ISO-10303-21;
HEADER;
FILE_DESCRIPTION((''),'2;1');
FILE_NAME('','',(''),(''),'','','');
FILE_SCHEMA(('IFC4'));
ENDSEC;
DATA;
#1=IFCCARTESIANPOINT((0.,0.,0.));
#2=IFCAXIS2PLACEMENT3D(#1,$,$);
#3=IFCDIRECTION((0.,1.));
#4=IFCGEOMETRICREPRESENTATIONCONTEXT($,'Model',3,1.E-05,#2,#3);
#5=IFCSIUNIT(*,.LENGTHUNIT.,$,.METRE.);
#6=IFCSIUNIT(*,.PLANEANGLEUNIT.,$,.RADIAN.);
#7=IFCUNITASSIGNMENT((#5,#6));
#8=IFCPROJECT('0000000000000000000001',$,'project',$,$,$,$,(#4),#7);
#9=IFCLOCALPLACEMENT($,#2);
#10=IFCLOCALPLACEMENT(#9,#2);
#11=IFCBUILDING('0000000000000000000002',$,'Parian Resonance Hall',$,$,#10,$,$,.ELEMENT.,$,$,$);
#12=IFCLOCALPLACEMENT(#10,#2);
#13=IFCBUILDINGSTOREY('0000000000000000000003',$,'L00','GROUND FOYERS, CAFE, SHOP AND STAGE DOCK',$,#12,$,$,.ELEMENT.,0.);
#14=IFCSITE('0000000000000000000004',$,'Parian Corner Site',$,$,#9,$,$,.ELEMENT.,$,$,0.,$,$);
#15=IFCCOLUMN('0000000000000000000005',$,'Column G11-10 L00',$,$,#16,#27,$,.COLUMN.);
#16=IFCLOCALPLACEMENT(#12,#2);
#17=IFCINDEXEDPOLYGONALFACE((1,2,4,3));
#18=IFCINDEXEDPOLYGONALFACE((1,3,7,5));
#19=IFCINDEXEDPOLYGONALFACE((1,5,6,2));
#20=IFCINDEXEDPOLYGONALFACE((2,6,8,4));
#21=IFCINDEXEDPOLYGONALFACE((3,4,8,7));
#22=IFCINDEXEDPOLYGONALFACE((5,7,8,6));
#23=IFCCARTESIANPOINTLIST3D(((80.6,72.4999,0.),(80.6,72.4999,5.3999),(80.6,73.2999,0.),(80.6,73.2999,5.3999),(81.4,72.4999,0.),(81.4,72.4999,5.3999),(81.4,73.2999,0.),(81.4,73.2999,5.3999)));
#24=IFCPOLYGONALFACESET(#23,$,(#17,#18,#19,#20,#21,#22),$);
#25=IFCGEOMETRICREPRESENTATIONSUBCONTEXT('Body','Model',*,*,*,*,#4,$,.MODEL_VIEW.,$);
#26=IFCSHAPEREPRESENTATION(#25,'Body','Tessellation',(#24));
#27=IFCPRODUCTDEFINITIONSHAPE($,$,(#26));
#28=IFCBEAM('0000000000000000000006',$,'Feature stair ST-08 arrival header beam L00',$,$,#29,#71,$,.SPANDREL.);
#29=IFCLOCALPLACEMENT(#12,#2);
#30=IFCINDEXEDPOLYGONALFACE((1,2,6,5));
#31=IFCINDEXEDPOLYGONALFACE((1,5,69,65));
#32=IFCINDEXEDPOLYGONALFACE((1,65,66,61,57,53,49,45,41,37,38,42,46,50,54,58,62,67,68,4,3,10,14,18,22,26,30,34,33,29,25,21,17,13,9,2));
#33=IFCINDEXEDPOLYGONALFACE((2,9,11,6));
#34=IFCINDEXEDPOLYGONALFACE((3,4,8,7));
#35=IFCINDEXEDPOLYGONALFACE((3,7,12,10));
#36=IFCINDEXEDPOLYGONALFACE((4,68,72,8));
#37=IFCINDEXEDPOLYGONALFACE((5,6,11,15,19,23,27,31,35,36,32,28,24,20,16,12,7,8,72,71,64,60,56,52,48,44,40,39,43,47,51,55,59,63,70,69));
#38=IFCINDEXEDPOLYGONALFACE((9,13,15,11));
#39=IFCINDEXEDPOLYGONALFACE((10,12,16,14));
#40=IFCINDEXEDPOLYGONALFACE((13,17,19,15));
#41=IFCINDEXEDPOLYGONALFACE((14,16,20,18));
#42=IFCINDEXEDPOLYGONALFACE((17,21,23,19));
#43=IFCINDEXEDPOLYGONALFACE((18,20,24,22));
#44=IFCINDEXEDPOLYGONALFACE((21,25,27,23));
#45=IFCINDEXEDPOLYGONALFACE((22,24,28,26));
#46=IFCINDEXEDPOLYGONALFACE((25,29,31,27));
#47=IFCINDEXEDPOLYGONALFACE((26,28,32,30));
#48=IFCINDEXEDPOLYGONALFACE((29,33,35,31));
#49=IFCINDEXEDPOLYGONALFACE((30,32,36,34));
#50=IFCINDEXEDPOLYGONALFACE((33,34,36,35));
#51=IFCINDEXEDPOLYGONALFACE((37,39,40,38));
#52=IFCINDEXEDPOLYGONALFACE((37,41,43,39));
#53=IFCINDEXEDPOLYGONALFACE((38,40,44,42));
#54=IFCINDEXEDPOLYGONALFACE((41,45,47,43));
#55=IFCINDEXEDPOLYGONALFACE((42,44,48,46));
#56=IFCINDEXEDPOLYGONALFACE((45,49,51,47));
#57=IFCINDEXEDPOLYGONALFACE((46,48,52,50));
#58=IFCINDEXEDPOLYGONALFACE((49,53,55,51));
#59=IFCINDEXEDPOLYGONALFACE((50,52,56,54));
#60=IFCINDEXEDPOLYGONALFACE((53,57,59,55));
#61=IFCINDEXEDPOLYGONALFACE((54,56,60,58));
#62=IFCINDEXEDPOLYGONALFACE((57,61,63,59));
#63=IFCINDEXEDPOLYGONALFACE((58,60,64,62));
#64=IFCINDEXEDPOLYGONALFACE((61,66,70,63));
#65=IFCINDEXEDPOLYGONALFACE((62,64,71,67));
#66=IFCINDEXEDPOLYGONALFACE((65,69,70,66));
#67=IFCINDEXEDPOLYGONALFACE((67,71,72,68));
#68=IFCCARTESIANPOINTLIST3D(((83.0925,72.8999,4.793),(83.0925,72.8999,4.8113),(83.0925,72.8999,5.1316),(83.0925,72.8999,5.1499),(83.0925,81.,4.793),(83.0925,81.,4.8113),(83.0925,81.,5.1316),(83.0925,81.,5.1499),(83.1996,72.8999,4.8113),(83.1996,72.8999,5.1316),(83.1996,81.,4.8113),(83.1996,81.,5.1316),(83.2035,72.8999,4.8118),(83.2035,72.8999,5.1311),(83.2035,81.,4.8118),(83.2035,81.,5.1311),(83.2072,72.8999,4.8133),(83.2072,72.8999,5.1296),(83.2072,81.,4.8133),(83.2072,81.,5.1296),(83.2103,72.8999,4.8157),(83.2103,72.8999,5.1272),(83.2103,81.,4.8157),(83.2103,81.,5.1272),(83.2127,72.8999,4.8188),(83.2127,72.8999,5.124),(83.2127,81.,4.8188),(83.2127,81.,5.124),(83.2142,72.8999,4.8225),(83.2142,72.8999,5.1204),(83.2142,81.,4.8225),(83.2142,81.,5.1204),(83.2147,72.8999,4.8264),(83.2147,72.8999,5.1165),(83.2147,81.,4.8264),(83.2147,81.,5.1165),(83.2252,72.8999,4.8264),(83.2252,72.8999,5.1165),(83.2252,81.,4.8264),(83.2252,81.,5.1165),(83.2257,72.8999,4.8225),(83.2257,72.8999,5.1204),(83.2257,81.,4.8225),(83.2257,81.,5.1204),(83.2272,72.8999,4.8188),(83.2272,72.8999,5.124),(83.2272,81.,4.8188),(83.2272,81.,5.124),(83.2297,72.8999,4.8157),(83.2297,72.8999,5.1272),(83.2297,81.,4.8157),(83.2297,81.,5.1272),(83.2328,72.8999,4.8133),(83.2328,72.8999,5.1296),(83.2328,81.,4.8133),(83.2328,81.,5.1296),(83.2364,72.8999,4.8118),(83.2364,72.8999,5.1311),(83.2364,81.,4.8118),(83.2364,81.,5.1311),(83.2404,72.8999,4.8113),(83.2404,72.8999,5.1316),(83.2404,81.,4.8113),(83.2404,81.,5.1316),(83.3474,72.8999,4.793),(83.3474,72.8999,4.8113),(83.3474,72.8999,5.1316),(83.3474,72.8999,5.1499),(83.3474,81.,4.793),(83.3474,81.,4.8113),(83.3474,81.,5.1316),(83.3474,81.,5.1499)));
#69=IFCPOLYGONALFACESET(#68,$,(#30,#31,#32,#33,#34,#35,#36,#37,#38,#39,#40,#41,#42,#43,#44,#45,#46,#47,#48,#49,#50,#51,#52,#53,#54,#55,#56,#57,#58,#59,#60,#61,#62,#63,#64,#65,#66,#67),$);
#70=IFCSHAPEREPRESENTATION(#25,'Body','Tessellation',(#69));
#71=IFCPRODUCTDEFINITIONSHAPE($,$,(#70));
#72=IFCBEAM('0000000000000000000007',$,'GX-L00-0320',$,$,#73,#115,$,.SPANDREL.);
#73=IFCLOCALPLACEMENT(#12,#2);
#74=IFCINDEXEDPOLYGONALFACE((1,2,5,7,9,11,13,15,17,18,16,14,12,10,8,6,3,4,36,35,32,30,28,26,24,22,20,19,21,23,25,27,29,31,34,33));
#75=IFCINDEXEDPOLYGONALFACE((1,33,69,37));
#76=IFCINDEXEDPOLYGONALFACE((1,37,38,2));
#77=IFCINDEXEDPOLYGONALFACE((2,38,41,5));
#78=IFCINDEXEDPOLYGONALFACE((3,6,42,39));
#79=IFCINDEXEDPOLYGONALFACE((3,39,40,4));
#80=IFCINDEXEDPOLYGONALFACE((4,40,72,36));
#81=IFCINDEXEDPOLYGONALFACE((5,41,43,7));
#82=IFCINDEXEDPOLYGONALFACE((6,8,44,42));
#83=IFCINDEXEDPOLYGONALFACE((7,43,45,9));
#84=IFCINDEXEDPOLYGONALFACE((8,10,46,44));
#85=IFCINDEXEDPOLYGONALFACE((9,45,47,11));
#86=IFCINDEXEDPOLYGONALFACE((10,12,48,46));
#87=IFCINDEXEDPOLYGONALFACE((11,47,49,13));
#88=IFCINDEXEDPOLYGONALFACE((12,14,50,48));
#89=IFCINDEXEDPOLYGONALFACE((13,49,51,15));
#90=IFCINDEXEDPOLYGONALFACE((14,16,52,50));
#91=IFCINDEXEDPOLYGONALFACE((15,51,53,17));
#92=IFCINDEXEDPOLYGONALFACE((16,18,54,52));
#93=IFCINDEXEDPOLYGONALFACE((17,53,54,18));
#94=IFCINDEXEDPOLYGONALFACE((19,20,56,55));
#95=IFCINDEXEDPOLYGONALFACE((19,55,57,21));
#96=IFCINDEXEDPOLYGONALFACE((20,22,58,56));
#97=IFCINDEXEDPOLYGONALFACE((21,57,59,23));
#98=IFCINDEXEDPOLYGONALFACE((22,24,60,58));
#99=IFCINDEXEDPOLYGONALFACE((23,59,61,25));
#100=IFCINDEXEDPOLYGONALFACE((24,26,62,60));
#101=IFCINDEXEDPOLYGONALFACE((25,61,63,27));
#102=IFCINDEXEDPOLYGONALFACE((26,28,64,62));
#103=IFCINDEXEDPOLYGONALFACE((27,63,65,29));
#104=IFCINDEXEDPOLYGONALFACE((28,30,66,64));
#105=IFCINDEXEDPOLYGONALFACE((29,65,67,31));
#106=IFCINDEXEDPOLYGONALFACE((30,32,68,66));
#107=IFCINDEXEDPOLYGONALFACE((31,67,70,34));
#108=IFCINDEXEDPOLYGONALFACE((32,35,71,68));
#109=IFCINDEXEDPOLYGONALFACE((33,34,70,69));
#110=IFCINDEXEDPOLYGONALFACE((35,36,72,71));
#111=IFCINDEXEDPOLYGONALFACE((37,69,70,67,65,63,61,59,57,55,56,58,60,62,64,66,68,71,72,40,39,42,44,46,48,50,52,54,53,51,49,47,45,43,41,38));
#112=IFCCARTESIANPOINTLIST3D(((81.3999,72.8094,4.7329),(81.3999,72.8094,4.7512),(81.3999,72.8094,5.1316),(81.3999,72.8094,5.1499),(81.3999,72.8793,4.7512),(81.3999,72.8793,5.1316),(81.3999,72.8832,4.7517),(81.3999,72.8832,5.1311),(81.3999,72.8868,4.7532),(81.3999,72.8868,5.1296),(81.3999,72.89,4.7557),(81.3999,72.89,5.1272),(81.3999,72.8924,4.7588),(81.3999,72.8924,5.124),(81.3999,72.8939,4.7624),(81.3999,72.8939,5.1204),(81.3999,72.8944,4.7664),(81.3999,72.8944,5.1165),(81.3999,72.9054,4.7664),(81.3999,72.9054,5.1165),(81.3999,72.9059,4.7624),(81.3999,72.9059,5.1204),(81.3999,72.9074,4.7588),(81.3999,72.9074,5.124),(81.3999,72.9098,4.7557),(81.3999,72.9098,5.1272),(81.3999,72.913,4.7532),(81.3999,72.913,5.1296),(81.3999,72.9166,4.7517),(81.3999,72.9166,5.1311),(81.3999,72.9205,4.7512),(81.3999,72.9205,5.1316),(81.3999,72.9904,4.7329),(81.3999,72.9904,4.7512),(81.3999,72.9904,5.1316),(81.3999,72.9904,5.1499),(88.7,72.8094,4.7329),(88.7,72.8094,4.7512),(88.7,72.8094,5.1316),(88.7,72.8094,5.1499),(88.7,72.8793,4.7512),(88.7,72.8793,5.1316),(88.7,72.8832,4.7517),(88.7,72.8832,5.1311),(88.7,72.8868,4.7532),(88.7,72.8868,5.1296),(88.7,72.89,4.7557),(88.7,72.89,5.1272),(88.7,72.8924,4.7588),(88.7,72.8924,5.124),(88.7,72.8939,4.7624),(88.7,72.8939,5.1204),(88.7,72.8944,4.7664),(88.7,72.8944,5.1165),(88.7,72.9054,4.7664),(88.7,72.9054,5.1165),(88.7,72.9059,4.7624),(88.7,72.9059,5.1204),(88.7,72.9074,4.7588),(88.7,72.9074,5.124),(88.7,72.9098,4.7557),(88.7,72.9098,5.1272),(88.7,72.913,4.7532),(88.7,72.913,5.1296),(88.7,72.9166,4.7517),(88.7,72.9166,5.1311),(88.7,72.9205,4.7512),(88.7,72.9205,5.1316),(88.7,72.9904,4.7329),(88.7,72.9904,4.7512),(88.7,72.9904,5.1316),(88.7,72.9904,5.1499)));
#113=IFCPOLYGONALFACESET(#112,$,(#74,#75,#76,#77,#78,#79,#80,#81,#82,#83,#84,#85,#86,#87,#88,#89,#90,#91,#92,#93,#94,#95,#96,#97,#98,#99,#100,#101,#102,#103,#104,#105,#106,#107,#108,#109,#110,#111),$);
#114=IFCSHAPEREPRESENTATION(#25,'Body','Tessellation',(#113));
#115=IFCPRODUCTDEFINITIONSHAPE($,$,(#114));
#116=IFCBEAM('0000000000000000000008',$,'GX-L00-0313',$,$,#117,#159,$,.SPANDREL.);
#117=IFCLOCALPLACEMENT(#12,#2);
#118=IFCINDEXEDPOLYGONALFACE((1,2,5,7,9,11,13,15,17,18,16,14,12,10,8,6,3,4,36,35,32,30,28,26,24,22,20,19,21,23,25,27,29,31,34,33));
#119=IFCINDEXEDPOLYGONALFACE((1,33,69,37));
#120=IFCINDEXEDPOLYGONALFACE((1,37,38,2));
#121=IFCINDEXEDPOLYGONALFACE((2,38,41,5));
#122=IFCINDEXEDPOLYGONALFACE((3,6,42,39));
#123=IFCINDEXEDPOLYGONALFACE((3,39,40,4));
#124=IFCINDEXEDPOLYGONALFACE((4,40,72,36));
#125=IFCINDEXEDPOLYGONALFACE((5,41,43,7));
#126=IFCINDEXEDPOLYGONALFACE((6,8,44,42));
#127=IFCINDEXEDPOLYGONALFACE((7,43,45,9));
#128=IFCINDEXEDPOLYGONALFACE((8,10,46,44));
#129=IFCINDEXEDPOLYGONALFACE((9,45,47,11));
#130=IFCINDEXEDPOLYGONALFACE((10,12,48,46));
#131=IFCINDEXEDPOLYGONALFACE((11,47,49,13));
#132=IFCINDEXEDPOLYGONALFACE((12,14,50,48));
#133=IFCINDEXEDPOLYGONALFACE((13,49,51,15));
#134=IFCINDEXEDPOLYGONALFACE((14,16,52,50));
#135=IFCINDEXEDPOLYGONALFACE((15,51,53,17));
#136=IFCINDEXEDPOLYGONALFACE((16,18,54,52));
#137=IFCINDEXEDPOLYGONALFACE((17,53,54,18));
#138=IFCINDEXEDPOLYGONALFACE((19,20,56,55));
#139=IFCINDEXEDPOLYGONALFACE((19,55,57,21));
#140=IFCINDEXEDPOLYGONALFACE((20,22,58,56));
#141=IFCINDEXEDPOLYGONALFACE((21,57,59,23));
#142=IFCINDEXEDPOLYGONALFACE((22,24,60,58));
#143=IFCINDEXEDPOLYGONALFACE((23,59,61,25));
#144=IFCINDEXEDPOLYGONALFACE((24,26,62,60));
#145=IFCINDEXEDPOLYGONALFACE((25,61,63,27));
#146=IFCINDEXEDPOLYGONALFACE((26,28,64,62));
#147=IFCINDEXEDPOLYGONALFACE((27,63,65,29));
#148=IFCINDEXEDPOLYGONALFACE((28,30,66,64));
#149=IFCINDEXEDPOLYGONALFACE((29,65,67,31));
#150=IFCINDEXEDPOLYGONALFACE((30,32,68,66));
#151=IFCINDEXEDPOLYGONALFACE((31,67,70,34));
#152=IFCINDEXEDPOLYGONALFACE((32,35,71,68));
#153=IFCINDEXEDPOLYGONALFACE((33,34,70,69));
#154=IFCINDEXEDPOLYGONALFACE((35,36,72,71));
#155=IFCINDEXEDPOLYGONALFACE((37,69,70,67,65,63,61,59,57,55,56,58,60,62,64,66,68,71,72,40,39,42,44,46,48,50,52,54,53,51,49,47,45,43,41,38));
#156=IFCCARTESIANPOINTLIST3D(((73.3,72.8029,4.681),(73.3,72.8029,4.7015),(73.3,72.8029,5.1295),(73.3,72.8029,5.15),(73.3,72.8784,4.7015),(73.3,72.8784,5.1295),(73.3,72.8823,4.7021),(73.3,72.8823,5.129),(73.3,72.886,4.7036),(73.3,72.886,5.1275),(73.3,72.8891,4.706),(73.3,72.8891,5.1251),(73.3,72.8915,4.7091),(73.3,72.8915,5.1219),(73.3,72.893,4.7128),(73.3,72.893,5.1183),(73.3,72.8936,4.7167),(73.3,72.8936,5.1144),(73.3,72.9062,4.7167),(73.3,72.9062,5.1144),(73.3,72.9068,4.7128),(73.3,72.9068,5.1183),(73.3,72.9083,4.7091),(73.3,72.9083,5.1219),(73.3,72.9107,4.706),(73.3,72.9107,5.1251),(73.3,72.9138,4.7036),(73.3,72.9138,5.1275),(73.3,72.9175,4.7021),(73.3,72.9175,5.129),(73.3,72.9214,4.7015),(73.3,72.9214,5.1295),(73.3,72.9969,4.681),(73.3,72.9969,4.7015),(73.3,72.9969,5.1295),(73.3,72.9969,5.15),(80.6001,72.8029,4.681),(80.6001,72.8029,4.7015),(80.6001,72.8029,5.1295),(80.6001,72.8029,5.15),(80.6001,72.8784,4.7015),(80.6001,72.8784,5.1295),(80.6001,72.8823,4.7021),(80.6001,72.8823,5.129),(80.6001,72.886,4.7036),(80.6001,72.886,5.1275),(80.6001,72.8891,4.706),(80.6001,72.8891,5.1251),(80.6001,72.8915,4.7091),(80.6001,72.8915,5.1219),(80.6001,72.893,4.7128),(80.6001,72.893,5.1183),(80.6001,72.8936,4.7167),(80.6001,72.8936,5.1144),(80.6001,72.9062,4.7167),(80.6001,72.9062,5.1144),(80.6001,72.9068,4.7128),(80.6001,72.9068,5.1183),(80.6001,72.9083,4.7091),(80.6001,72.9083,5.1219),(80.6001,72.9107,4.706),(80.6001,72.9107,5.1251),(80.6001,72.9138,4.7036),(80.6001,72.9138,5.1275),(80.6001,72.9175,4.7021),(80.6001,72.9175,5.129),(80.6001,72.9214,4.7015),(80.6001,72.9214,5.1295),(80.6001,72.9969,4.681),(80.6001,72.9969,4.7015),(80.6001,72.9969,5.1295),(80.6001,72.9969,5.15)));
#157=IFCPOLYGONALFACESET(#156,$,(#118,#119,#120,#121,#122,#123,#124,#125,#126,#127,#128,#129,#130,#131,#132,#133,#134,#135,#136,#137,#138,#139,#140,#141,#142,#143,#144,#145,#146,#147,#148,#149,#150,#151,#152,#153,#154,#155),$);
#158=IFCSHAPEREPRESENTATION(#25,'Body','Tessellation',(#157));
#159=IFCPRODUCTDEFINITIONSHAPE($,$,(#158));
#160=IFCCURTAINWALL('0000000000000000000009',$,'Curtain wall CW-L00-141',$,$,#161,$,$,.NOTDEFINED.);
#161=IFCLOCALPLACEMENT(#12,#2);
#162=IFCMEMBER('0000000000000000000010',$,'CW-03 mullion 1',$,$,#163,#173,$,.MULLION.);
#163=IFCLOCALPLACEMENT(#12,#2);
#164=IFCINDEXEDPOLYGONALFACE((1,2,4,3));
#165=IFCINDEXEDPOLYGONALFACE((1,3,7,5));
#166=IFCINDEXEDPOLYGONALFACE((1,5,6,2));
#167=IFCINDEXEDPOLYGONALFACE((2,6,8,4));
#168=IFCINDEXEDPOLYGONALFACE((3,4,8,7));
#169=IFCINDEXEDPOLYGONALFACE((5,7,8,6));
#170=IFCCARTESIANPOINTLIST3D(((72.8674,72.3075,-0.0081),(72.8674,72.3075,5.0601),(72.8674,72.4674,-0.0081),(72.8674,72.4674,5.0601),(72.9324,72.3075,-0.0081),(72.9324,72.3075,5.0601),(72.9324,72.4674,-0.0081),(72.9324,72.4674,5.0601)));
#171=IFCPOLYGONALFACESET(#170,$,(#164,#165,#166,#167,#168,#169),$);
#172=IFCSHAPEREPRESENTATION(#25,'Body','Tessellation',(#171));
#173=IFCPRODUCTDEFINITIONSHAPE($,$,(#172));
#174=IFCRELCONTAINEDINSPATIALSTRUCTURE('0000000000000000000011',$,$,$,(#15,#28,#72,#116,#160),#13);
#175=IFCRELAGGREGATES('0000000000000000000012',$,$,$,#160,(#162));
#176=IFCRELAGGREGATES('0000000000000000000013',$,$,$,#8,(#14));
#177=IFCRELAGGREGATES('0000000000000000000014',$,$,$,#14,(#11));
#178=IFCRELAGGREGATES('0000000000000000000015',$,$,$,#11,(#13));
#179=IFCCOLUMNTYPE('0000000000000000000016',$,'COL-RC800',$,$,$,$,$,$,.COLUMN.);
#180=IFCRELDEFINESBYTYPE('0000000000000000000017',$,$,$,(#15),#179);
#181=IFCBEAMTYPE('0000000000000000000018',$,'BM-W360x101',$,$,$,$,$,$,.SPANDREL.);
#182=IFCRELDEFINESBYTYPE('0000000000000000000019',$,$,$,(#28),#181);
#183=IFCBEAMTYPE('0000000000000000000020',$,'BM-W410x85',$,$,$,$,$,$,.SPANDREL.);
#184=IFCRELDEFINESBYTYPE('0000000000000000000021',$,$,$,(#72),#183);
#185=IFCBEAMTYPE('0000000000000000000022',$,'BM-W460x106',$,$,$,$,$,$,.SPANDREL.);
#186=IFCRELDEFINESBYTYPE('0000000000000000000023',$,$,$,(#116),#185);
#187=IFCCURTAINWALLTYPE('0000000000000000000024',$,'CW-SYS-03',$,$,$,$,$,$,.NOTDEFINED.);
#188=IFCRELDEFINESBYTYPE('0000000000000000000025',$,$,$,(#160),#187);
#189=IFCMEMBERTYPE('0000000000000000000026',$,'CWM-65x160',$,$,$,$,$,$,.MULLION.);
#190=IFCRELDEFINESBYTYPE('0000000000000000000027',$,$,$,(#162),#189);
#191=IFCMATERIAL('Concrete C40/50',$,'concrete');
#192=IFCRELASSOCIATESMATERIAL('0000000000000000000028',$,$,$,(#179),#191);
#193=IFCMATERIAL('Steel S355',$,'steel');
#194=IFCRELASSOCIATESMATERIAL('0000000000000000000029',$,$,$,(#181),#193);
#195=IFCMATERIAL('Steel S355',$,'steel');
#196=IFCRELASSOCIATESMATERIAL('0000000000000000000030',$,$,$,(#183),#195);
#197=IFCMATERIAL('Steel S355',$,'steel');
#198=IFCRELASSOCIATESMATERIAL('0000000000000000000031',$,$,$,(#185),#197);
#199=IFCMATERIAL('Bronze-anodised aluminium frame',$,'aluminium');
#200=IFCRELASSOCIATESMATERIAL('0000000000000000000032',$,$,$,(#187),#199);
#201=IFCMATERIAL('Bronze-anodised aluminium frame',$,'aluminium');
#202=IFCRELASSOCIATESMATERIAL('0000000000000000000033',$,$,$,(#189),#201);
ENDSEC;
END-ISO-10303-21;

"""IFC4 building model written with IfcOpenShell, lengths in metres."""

from ifc_helpers import new_model, si_unit, direction, frame, origin, origin_2d, place, context, subcontext, project, spatial, rectangle, i_section, extrude, material, material_profile, profile_set, type_object, element, aggregate, save


model = new_model("IFC4")

# Units and contexts
model_context = context("Model", 3, precision=1e-05, world=origin(), true_north=direction((0.0, 1.0)))
body_context = subcontext(model_context, "Body", "Model", "MODEL_VIEW")
ifc_project = project(units=[si_unit("LENGTHUNIT", "METRE"), si_unit("PLANEANGLEUNIT", "RADIAN")], contexts=[model_context])

# Site, building, storey
site_placement = place(None, origin())
site = spatial("IfcSite", under=ifc_project, at=site_placement, Name="Parian Corner Site", CompositionType="ELEMENT", RefElevation=0.0)
building_placement = place(site_placement, origin())
building = spatial("IfcBuilding", under=site, at=building_placement, Name="Parian Resonance Hall", CompositionType="ELEMENT")
storey_placement = place(building_placement, origin())
storey = spatial("IfcBuildingStorey", under=building, at=storey_placement, Name="L00", Description="GROUND FOYERS, CAFE, SHOP AND STAGE DOCK", CompositionType="ELEMENT", Elevation=0.0)

# Column
ifc_material_1 = material(Name="Concrete C40/50", Category="concrete")
ifc_material_profile_1 = material_profile(ifc_material_1, rectangle(XDim=0.8, YDim=0.8, at=origin_2d()), Name="RC-COL-800x800")
ifc_profile_set_1 = profile_set([ifc_material_profile_1], Name="Concrete C40/50")
column_type = type_object("IfcColumnType", Name="COL-RC800", PredefinedType="COLUMN", material=ifc_profile_set_1)
column_placement = place(storey_placement, frame((81.0, 72.8999, 0.0), z_axis=(0.0, 0.0, 1.0), x_axis=(1.0, 0.0, 0.0)))
element("IfcColumn", 1, at=column_placement, inside=storey, type_object=column_type, Name="Column G11-10 L00", PredefinedType="COLUMN", context=body_context, shape_type="SweptSolid", body=[
    extrude(rectangle(XDim=0.8, YDim=0.8, at=origin_2d()), origin(), (0.0, 0.0, 1.0), 5.3999),
])

# Beams
ifc_material_2 = material(Name="Steel S355", Category="steel")
ifc_material_profile_2 = material_profile(ifc_material_2, i_section(OverallWidth=0.2549, OverallDepth=0.3569, WebThickness=0.0105, FlangeThickness=0.0183, FilletRadius=0.0151, at=origin_2d()), Name="W360x101")
ifc_profile_set_2 = profile_set([ifc_material_profile_2], Name="Steel S355")
beam_type_1 = type_object("IfcBeamType", Name="BM-W360x101", PredefinedType="SPANDREL", material=ifc_profile_set_2)
beam_1_placement = place(storey_placement, frame((83.22, 72.8999, 4.9714), z_axis=(0.0, 1.0, 0.0), x_axis=(-1.0, 0.0, 0.0)))
element("IfcBeam", 2, at=beam_1_placement, inside=storey, type_object=beam_type_1, Name="Feature stair ST-08 arrival header beam L00", PredefinedType="SPANDREL", context=body_context, shape_type="SweptSolid", body=[
    extrude(i_section(OverallWidth=0.2549, OverallDepth=0.3569, WebThickness=0.0105, FlangeThickness=0.0183, FilletRadius=0.0151, at=origin_2d()), origin(), (0.0, 0.0, 1.0), 8.1001),
])
ifc_material_3 = material(Name="Steel S355", Category="steel")
ifc_material_profile_3 = material_profile(ifc_material_3, i_section(OverallWidth=0.1809, OverallDepth=0.417, WebThickness=0.011, FlangeThickness=0.0183, FilletRadius=0.0151, at=origin_2d()), Name="W410x85")
ifc_profile_set_3 = profile_set([ifc_material_profile_3], Name="Steel S355")
beam_type_2 = type_object("IfcBeamType", Name="BM-W410x85", PredefinedType="SPANDREL", material=ifc_profile_set_3)
beam_2_placement = place(storey_placement, frame((81.3999, 72.8999, 4.9414), z_axis=(1.0, 0.0, 0.0), x_axis=(0.0, 1.0, 0.0)))
element("IfcBeam", 3, at=beam_2_placement, inside=storey, type_object=beam_type_2, Name="GX-L00-0320", PredefinedType="SPANDREL", context=body_context, shape_type="SweptSolid", body=[
    extrude(i_section(OverallWidth=0.1809, OverallDepth=0.417, WebThickness=0.011, FlangeThickness=0.0183, FilletRadius=0.0151, at=origin_2d()), origin(), (0.0, 0.0, 1.0), 7.3),
])
ifc_material_4 = material(Name="Steel S355", Category="steel")
ifc_material_profile_4 = material_profile(ifc_material_4, i_section(OverallWidth=0.1941, OverallDepth=0.469, WebThickness=0.0127, FlangeThickness=0.0205, FilletRadius=0.0151, at=origin_2d()), Name="W460x106")
ifc_profile_set_4 = profile_set([ifc_material_profile_4], Name="Steel S355")
beam_type_3 = type_object("IfcBeamType", Name="BM-W460x106", PredefinedType="SPANDREL", material=ifc_profile_set_4)
beam_3_placement = place(storey_placement, frame((73.3, 72.8999, 4.9155), z_axis=(1.0, 0.0, 0.0), x_axis=(0.0, 1.0, 0.0)))
element("IfcBeam", 4, at=beam_3_placement, inside=storey, type_object=beam_type_3, Name="GX-L00-0313", PredefinedType="SPANDREL", context=body_context, shape_type="SweptSolid", body=[
    extrude(i_section(OverallWidth=0.1941, OverallDepth=0.469, WebThickness=0.0127, FlangeThickness=0.0205, FilletRadius=0.0151, at=origin_2d()), origin(), (0.0, 0.0, 1.0), 7.3),
])

# Curtain wall, member
ifc_material_5 = material(Name="Bronze-anodised aluminium frame", Category="aluminium")
curtain_wall_type_1 = type_object("IfcCurtainWallType", Name="CW-SYS-03", PredefinedType="NOTDEFINED", material=ifc_material_5)
curtain_wall_1_placement = place(storey_placement, origin())
curtain_wall_1 = element("IfcCurtainWall", 5, at=curtain_wall_1_placement, inside=storey, type_object=curtain_wall_type_1, Name="Curtain wall CW-L00-141", PredefinedType="NOTDEFINED")
ifc_material_6 = material(Name="Bronze-anodised aluminium frame", Category="aluminium")
ifc_material_profile_5 = material_profile(ifc_material_6, rectangle(XDim=0.0649, YDim=0.1599, at=origin_2d()), Name="CWM-65x160")
ifc_profile_set_5 = profile_set([ifc_material_profile_5], Name="Bronze-anodised aluminium frame")
member_type_1 = type_object("IfcMemberType", Name="CWM-65x160", PredefinedType="MULLION", material=ifc_profile_set_5)
member_1_placement = place(storey_placement, frame((72.8999, 72.3875, -0.0081), z_axis=(0.0, 0.0, 1.0), x_axis=(1.0, 0.0, 0.0)))
member_1 = element("IfcMember", 6, at=member_1_placement, type_object=member_type_1, Name="CW-03 mullion 1", PredefinedType="MULLION", context=body_context, shape_type="SweptSolid", body=[
    extrude(rectangle(XDim=0.0649, YDim=0.1599, at=origin_2d()), origin(), (0.0, 0.0, 1.0), 5.0681),
])
aggregate(curtain_wall_1, [member_1])

save(model, "model.ifc")
